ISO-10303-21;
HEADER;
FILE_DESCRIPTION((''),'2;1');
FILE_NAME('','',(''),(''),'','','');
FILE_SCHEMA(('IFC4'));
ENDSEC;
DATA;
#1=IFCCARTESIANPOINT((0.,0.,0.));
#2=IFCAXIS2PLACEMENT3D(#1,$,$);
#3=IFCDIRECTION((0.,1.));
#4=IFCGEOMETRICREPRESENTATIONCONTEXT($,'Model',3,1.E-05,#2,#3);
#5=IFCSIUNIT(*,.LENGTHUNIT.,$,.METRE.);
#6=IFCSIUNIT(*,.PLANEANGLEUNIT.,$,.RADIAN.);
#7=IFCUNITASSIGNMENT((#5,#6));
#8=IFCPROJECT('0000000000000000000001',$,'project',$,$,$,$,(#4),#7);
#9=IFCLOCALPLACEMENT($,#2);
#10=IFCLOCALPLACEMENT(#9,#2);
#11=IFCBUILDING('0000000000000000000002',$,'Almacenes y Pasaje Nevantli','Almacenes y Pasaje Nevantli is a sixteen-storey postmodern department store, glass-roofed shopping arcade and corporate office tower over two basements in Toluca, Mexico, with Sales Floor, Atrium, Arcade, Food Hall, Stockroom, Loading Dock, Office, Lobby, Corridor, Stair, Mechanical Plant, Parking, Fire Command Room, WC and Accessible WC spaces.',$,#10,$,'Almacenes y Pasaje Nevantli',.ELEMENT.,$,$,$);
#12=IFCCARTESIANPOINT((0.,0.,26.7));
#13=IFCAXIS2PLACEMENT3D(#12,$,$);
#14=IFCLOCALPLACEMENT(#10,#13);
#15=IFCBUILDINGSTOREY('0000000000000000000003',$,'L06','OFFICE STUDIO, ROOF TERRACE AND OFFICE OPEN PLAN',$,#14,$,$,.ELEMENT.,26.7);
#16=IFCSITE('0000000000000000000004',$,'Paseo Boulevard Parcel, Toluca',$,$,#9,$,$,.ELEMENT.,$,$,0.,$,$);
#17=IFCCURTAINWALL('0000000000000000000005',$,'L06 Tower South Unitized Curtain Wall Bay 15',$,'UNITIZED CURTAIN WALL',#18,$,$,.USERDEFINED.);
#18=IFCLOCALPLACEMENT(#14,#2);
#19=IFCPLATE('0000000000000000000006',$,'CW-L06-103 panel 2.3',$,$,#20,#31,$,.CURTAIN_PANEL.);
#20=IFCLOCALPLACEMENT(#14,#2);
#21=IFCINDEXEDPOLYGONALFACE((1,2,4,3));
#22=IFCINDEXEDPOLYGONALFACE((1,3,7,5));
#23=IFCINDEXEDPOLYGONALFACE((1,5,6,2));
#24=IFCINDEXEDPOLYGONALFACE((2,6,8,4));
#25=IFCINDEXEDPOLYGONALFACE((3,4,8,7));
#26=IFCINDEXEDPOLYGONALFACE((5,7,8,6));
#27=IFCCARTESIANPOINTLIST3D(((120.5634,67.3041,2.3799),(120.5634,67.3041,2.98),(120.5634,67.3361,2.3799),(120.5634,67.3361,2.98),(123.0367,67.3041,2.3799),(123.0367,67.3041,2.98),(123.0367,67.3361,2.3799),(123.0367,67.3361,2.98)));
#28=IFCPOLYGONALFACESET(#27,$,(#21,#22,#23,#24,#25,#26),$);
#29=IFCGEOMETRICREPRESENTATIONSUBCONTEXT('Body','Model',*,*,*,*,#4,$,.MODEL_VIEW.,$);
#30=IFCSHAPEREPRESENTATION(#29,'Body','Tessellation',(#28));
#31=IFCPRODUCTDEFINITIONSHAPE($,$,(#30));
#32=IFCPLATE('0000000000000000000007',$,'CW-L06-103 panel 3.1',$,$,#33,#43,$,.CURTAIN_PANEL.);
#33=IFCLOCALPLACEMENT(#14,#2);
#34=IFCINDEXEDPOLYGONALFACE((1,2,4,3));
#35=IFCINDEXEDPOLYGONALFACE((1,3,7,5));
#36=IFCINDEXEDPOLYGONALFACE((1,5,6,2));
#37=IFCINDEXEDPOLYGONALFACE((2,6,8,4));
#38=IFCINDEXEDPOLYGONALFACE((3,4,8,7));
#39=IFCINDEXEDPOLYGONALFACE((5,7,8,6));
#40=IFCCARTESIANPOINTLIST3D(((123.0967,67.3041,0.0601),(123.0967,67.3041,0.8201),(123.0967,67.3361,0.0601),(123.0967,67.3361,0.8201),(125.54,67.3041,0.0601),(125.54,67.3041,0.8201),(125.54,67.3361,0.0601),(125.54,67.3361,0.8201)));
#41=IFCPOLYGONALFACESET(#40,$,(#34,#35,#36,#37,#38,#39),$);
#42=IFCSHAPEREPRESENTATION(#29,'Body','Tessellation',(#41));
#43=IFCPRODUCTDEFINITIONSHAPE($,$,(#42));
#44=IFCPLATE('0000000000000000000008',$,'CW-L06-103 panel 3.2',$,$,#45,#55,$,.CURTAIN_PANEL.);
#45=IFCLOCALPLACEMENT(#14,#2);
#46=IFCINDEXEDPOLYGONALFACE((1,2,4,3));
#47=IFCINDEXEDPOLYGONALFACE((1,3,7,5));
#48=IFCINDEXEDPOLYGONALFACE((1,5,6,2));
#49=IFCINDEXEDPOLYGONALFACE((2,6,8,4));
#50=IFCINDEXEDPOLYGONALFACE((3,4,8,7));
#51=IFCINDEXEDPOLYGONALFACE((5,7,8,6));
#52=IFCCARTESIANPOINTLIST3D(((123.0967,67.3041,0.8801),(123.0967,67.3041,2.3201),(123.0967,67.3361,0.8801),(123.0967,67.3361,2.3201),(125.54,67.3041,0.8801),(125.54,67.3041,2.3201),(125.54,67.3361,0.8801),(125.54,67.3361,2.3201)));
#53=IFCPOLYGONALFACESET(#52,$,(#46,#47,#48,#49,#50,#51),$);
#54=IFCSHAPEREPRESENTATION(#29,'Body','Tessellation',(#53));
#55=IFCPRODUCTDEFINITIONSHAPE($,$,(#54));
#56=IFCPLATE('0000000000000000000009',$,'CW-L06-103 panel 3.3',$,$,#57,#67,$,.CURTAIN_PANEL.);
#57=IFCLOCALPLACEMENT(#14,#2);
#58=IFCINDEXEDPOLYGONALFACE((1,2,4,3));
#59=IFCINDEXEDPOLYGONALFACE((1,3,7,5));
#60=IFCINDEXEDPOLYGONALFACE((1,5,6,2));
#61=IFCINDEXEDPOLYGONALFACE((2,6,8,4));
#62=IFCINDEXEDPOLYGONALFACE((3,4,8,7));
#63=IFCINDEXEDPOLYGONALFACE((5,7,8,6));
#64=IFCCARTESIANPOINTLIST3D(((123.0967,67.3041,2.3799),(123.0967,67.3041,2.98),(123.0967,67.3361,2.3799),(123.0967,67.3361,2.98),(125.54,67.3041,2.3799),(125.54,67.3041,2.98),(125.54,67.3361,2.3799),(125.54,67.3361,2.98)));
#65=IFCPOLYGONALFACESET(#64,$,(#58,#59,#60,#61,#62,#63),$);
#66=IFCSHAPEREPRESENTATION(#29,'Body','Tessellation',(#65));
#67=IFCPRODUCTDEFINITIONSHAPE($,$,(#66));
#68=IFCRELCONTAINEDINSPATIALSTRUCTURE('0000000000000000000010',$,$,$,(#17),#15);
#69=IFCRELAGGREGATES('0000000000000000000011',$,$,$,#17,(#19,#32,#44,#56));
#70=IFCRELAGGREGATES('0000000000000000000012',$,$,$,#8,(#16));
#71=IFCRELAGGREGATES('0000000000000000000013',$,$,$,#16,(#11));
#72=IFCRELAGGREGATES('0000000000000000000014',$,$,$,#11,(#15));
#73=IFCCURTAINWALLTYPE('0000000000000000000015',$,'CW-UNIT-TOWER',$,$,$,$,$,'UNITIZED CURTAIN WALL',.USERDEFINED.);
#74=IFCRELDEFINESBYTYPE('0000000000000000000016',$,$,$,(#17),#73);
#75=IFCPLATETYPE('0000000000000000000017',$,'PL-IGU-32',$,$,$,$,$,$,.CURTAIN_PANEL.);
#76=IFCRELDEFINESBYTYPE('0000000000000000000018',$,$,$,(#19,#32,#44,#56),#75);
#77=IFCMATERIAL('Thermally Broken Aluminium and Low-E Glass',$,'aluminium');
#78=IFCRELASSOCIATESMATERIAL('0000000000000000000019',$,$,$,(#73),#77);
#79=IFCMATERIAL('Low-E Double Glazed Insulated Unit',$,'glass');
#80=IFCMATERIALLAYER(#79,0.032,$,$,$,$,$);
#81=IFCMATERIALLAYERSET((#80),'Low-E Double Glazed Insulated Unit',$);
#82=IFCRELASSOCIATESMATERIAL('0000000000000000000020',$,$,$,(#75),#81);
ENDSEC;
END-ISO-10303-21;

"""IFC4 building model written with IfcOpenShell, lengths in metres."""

from ifc_helpers import new_model, si_unit, direction, frame, origin, origin_2d, place, context, subcontext, project, spatial, rectangle, extrude, material, layer, layer_set, type_object, element, aggregate, save


model = new_model("IFC4")

# Units and contexts
model_context = context("Model", 3, precision=1e-05, world=origin(), true_north=direction((0.0, 1.0)))
body_context = subcontext(model_context, "Body", "Model", "MODEL_VIEW")
ifc_project = project(units=[si_unit("LENGTHUNIT", "METRE"), si_unit("PLANEANGLEUNIT", "RADIAN")], contexts=[model_context])

# Site, building, storey
site_placement = place(None, origin())
site = spatial("IfcSite", under=ifc_project, at=site_placement, Name="Paseo Boulevard Parcel, Toluca", CompositionType="ELEMENT", RefElevation=0.0)
building_placement = place(site_placement, origin())
building = spatial("IfcBuilding", under=site, at=building_placement, Name="Almacenes y Pasaje Nevantli", Description="Almacenes y Pasaje Nevantli is a sixteen-storey postmodern department store, glass-roofed shopping arcade and corporate office tower over two basements in Toluca, Mexico, with Sales Floor, Atrium, Arcade, Food Hall, Stockroom, Loading Dock, Office, Lobby, Corridor, Stair, Mechanical Plant, Parking, Fire Command Room, WC and Accessible WC spaces.", LongName="Almacenes y Pasaje Nevantli", CompositionType="ELEMENT")
storey_placement = place(building_placement, frame((0.0, 0.0, 26.7)))
storey = spatial("IfcBuildingStorey", under=building, at=storey_placement, Name="L06", Description="OFFICE STUDIO, ROOF TERRACE AND OFFICE OPEN PLAN", CompositionType="ELEMENT", Elevation=26.7)

# Curtain wall, plates
ifc_material_1 = material(Name="Thermally Broken Aluminium and Low-E Glass", Category="aluminium")
curtain_wall_type = type_object("IfcCurtainWallType", Name="CW-UNIT-TOWER", ElementType="UNITIZED CURTAIN WALL", PredefinedType="USERDEFINED", material=ifc_material_1)
curtain_wall_placement = place(storey_placement, origin())
curtain_wall = element("IfcCurtainWall", 1, at=curtain_wall_placement, inside=storey, type_object=curtain_wall_type, Name="L06 Tower South Unitized Curtain Wall Bay 15", ObjectType="UNITIZED CURTAIN WALL", PredefinedType="USERDEFINED")
ifc_material_2 = material(Name="Low-E Double Glazed Insulated Unit", Category="glass")
ifc_layer = layer(ifc_material_2, 0.032)
ifc_layer_set = layer_set([ifc_layer], Name="Low-E Double Glazed Insulated Unit")
plate_type = type_object("IfcPlateType", Name="PL-IGU-32", PredefinedType="CURTAIN_PANEL", material=ifc_layer_set)
plate_1_placement = place(storey_placement, frame((121.8, 67.3201, 2.3799), z_axis=(0.0, 0.0, 1.0), x_axis=(1.0, 0.0, 0.0)))
plate_1 = element("IfcPlate", 2, at=plate_1_placement, type_object=plate_type, Name="CW-L06-103 panel 2.3", PredefinedType="CURTAIN_PANEL", context=body_context, shape_type="SweptSolid", body=[
    extrude(rectangle(XDim=2.4734, YDim=0.032, at=origin_2d()), origin(), (0.0, 0.0, 1.0), 0.6001),
])
plate_2_placement = place(storey_placement, frame((124.3184, 67.3201, 0.0601), z_axis=(0.0, 0.0, 1.0), x_axis=(1.0, 0.0, 0.0)))
plate_2 = element("IfcPlate", 3, at=plate_2_placement, type_object=plate_type, Name="CW-L06-103 panel 3.1", PredefinedType="CURTAIN_PANEL", context=body_context, shape_type="SweptSolid", body=[
    extrude(rectangle(XDim=2.4434, YDim=0.032, at=origin_2d()), origin(), (0.0, 0.0, 1.0), 0.76),
])
plate_3_placement = place(storey_placement, frame((124.3184, 67.3201, 0.8801), z_axis=(0.0, 0.0, 1.0), x_axis=(1.0, 0.0, 0.0)))
plate_3 = element("IfcPlate", 4, at=plate_3_placement, type_object=plate_type, Name="CW-L06-103 panel 3.2", PredefinedType="CURTAIN_PANEL", context=body_context, shape_type="SweptSolid", body=[
    extrude(rectangle(XDim=2.4434, YDim=0.032, at=origin_2d()), origin(), (0.0, 0.0, 1.0), 1.4399),
])
plate_4_placement = place(storey_placement, frame((124.3184, 67.3201, 2.3799), z_axis=(0.0, 0.0, 1.0), x_axis=(1.0, 0.0, 0.0)))
plate_4 = element("IfcPlate", 5, at=plate_4_placement, type_object=plate_type, Name="CW-L06-103 panel 3.3", PredefinedType="CURTAIN_PANEL", context=body_context, shape_type="SweptSolid", body=[
    extrude(rectangle(XDim=2.4434, YDim=0.032, at=origin_2d()), origin(), (0.0, 0.0, 1.0), 0.6001),
])
aggregate(curtain_wall, [plate_1, plate_2, plate_3, plate_4])

save(model, "model.ifc")
